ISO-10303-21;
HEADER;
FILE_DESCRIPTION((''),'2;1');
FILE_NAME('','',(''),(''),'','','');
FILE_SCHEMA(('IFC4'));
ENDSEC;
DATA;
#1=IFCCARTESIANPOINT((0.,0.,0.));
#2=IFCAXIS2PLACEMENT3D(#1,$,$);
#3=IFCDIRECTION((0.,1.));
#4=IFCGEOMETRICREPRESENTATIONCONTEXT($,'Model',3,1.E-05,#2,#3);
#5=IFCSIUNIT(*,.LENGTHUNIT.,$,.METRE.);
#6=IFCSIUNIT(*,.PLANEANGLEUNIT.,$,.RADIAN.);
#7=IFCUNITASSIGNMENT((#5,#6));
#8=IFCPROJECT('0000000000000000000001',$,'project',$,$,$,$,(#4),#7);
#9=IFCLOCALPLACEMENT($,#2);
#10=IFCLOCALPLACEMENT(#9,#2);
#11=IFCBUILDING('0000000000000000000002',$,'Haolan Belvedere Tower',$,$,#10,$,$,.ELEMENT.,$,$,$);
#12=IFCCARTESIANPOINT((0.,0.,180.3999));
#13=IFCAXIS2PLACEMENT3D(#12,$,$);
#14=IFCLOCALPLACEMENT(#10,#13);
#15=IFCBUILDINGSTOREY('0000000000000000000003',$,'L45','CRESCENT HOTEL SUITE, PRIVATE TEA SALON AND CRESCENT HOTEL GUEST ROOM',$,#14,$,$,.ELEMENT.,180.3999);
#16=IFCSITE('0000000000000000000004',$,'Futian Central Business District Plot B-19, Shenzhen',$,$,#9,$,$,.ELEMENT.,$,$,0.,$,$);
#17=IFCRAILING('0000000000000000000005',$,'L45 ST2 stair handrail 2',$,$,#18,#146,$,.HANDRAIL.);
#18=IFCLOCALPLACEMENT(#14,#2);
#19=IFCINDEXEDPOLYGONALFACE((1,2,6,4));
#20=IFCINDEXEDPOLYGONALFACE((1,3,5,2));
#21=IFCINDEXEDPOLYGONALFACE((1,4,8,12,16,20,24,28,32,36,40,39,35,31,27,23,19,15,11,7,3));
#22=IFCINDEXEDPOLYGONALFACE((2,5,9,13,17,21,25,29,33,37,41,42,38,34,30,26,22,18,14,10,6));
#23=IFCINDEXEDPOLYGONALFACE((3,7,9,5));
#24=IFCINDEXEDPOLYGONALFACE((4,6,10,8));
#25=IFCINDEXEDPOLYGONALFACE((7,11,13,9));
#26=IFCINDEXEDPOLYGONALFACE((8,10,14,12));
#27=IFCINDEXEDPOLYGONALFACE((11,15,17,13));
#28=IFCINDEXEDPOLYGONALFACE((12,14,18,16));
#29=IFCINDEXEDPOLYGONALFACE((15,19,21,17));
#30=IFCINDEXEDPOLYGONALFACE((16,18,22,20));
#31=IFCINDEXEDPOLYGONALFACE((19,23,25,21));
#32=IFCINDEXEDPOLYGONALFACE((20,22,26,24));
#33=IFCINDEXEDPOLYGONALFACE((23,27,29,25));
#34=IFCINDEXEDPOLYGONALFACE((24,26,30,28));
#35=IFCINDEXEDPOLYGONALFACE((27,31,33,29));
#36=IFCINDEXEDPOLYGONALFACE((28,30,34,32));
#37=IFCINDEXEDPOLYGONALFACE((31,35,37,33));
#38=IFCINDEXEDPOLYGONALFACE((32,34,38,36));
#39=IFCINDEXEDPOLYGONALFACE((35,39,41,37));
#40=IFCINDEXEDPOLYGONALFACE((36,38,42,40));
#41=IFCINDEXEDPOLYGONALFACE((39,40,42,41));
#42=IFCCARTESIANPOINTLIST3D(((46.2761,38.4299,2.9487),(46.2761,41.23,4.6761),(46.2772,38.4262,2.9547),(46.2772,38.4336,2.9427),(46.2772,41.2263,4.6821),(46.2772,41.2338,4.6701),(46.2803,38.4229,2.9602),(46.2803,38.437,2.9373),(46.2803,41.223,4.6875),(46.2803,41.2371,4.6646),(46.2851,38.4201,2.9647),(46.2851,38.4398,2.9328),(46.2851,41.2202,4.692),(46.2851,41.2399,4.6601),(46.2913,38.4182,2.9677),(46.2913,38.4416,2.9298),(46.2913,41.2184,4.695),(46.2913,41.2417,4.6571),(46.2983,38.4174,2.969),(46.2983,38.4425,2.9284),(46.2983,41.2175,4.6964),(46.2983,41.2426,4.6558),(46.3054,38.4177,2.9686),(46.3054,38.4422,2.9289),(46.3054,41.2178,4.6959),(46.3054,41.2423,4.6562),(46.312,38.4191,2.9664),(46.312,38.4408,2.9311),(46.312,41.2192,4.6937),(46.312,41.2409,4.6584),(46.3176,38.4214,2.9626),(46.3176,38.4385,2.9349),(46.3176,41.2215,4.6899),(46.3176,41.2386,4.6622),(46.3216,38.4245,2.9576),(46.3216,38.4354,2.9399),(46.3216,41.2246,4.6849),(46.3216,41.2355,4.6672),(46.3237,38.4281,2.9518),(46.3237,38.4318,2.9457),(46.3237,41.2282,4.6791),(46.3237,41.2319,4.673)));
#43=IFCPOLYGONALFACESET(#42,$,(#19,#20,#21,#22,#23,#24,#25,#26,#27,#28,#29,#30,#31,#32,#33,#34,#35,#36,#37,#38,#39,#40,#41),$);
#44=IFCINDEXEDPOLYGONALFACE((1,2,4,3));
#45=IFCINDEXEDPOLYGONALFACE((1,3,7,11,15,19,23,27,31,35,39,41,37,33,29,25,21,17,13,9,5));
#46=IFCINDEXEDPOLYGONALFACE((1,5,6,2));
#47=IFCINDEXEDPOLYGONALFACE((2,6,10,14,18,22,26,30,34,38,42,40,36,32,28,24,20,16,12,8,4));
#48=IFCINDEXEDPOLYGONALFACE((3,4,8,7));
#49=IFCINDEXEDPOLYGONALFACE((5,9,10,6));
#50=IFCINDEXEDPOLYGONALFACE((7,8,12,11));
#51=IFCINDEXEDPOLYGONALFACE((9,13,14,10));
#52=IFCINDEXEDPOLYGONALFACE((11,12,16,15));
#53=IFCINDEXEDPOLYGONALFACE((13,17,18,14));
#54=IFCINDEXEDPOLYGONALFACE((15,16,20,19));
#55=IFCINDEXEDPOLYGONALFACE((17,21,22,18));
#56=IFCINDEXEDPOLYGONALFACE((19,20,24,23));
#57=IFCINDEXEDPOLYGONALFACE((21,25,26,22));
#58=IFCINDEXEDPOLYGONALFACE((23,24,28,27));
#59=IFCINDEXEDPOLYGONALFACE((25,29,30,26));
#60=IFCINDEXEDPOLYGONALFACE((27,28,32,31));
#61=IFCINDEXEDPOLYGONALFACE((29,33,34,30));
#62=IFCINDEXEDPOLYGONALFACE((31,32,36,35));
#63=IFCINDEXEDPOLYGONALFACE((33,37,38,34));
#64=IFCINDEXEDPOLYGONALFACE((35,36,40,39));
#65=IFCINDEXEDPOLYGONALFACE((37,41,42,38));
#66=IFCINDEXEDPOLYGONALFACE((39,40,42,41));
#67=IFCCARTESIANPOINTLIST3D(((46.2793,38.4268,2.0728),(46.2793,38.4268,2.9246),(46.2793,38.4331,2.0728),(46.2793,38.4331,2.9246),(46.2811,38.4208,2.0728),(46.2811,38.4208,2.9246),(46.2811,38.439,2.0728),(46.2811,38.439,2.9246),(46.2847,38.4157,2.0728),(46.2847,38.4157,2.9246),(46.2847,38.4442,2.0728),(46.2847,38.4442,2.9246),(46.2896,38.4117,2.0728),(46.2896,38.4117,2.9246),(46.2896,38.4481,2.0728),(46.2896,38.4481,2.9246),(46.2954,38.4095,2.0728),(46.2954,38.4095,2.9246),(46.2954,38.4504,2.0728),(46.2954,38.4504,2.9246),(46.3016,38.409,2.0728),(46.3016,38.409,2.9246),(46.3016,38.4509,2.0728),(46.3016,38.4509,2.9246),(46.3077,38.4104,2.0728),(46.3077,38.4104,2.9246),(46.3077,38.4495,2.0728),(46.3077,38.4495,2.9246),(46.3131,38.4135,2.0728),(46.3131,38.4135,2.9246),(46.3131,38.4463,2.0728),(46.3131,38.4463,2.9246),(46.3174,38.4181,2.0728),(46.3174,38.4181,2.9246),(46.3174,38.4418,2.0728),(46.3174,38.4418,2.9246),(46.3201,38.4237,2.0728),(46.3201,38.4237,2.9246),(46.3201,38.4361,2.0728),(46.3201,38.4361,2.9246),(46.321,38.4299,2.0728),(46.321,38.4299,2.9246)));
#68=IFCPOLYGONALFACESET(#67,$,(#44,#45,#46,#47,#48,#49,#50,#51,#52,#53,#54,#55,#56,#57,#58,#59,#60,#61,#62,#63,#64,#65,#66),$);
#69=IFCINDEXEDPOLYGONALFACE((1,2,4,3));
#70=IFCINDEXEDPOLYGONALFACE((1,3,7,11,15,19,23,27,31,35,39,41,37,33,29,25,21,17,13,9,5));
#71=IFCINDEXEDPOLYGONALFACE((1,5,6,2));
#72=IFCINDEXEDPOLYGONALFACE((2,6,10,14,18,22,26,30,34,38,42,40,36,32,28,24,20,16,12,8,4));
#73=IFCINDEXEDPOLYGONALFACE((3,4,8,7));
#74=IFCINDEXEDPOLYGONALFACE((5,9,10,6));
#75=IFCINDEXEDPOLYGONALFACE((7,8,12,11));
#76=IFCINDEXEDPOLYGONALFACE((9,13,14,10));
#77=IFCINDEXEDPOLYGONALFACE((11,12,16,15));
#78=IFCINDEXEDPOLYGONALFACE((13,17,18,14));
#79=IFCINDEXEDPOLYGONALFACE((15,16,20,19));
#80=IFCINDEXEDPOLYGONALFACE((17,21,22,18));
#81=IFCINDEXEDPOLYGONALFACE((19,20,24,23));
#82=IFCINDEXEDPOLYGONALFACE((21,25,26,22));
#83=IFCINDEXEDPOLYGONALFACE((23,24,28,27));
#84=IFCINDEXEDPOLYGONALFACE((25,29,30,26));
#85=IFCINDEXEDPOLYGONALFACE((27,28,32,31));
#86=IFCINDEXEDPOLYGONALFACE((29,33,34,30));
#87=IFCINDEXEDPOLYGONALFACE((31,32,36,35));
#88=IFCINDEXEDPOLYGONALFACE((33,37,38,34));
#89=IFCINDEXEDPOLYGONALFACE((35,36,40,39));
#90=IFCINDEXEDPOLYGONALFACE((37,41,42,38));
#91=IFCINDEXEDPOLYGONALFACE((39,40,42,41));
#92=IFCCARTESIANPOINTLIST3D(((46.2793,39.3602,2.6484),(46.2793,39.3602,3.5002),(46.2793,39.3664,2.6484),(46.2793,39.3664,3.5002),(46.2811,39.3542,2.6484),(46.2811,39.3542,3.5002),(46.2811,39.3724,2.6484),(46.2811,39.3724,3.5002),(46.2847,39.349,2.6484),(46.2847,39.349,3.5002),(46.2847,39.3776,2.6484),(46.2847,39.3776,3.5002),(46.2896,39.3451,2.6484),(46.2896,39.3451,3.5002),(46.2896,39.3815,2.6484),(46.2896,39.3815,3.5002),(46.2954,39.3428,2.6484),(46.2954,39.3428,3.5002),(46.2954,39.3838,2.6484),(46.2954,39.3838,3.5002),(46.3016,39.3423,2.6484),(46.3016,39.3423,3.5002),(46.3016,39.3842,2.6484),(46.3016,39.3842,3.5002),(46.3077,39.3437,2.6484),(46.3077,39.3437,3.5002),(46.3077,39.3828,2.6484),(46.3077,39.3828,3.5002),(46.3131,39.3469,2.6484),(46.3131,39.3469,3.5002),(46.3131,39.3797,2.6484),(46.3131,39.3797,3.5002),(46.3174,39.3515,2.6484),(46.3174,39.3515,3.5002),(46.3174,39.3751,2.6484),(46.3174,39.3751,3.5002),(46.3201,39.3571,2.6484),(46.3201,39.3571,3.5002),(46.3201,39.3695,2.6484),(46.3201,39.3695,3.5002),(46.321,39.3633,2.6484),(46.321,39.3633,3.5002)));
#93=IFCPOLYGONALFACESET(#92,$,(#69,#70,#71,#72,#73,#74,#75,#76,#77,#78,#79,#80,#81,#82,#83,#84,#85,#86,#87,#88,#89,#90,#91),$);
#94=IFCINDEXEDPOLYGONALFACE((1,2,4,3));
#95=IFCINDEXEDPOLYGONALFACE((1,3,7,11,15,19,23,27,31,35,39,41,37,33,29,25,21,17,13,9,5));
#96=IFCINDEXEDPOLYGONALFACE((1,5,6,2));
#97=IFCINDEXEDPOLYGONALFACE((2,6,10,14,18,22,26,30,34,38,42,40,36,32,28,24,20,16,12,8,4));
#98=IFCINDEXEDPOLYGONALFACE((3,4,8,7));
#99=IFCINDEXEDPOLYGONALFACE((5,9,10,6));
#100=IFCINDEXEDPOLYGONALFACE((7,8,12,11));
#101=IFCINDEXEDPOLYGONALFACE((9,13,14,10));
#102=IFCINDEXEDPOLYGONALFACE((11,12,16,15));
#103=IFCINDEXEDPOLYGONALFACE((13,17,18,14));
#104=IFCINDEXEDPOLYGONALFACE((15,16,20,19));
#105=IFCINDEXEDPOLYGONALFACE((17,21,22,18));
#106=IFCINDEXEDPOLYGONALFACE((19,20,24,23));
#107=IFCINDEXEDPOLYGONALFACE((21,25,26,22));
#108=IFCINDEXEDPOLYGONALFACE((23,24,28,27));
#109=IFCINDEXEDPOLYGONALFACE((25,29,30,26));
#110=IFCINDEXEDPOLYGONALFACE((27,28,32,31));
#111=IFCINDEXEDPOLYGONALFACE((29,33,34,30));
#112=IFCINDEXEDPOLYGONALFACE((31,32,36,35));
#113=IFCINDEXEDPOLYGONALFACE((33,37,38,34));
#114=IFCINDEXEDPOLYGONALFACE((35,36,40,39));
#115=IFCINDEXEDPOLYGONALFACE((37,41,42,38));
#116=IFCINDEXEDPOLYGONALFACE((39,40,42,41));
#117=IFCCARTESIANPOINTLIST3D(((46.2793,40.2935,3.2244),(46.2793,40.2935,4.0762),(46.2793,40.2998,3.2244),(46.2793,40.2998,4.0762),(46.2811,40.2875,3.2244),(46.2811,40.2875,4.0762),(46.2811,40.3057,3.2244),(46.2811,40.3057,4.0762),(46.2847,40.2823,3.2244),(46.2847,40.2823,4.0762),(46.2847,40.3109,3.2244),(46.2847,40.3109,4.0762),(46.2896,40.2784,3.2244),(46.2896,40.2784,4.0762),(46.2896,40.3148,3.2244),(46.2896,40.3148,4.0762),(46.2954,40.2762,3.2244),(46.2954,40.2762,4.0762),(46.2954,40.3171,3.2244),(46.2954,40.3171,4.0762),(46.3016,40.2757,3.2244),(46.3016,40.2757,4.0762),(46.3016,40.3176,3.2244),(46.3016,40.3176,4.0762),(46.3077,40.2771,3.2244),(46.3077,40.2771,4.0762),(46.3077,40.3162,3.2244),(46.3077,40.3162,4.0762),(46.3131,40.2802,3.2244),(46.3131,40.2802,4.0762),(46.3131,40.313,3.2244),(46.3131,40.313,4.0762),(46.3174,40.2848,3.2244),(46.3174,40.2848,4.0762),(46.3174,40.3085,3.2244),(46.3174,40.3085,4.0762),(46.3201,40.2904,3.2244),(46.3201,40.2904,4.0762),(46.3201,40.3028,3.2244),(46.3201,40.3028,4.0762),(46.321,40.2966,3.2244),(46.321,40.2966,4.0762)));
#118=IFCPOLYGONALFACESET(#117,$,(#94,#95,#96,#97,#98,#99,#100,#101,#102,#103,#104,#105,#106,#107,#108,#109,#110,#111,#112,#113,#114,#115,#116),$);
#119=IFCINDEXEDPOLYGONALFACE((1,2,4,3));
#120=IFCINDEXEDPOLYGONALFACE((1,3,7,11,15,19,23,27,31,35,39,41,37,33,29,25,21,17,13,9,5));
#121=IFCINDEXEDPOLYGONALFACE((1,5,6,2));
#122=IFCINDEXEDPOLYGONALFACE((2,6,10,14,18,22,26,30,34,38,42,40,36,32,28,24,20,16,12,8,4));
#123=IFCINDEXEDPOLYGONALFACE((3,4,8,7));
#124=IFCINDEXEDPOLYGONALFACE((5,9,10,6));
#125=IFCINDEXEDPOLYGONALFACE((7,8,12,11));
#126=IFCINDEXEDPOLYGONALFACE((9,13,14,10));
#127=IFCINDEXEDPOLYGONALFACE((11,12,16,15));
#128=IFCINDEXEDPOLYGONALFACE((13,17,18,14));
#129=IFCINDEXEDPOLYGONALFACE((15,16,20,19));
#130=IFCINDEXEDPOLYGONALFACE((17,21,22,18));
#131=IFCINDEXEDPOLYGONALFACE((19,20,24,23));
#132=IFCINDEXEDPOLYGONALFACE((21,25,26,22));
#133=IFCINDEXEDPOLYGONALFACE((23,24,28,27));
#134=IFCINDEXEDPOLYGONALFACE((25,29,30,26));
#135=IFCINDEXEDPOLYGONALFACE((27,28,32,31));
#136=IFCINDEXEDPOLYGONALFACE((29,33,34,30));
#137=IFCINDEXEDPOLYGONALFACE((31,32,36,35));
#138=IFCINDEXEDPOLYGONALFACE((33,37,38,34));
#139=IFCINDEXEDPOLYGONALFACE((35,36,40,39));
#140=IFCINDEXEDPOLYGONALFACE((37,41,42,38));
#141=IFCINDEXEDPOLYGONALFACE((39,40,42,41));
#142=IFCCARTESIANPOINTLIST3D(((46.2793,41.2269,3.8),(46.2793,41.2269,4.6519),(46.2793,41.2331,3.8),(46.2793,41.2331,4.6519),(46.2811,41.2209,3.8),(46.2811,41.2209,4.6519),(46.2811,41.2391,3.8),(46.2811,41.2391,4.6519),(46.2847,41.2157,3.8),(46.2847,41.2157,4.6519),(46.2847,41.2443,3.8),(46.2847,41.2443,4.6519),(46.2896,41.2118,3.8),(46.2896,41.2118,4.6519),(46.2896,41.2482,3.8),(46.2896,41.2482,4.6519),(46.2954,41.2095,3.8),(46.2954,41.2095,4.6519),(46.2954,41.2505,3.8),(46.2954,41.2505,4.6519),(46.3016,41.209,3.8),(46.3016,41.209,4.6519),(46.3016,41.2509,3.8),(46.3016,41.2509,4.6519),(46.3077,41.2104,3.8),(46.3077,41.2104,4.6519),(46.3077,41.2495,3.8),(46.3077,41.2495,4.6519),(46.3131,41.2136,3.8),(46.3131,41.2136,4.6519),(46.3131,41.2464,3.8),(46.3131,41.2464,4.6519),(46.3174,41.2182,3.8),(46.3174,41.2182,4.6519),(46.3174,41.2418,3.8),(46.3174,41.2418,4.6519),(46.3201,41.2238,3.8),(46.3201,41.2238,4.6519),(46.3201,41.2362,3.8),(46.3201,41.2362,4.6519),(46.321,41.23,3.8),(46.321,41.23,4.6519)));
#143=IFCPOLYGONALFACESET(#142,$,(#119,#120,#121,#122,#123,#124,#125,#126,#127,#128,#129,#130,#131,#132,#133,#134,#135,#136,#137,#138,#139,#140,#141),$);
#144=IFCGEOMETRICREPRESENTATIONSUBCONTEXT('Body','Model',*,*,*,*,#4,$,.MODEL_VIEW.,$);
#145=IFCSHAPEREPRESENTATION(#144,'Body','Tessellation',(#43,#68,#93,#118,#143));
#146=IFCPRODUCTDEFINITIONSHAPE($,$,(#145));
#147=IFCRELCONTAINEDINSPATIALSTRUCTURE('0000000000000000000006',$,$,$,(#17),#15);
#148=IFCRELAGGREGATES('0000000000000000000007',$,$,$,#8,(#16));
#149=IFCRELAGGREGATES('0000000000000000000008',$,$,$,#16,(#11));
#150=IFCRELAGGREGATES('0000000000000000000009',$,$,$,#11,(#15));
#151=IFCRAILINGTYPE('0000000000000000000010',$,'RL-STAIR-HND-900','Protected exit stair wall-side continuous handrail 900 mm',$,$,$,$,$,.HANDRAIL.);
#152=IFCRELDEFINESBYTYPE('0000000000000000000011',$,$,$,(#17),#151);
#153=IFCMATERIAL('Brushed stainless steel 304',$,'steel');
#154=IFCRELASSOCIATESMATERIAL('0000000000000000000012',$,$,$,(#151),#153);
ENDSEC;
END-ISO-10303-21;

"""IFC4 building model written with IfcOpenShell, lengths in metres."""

from ifc_helpers import new_model, si_unit, direction, frame, origin, origin_2d, place, context, subcontext, project, spatial, circle, extrude, material, type_object, element, save


model = new_model("IFC4")

# Units and contexts
model_context = context("Model", 3, precision=1e-05, world=origin(), true_north=direction((0.0, 1.0)))
body_context = subcontext(model_context, "Body", "Model", "MODEL_VIEW")
ifc_project = project(units=[si_unit("LENGTHUNIT", "METRE"), si_unit("PLANEANGLEUNIT", "RADIAN")], contexts=[model_context])

# Site, building, storey
site_placement = place(None, origin())
site = spatial("IfcSite", under=ifc_project, at=site_placement, Name="Futian Central Business District Plot B-19, Shenzhen", CompositionType="ELEMENT", RefElevation=0.0)
building_placement = place(site_placement, origin())
building = spatial("IfcBuilding", under=site, at=building_placement, Name="Haolan Belvedere Tower", CompositionType="ELEMENT")
storey_placement = place(building_placement, frame((0.0, 0.0, 180.3999)))
storey = spatial("IfcBuildingStorey", under=building, at=storey_placement, Name="L45", Description="CRESCENT HOTEL SUITE, PRIVATE TEA SALON AND CRESCENT HOTEL GUEST ROOM", CompositionType="ELEMENT", Elevation=180.3999)

# Railing
ifc_material_1 = material(Name="Brushed stainless steel 304", Category="steel")
railing_type_1 = type_object("IfcRailingType", Name="RL-STAIR-HND-900", Description="Protected exit stair wall-side continuous handrail 900 mm", PredefinedType="HANDRAIL", material=ifc_material_1)
railing_1_placement = place(storey_placement, frame((46.3, 38.4299, 2.0728)))
element("IfcRailing", 1, at=railing_1_placement, inside=storey, type_object=railing_type_1, Name="L45 ST2 stair handrail 2", PredefinedType="HANDRAIL", context=body_context, shape_type="SweptSolid", body=[
    extrude(circle(Radius=0.0239, at=origin_2d()), frame((0.0, 0.0, 0.876), z_axis=(0.0, 0.85109, 0.52502), x_axis=(-1.0, 0.0, 0.0)), (0.0, 0.0, 1.0), 3.29),
    extrude(circle(Radius=0.021, at=origin_2d()), origin(), (0.0, 0.0, 1.0), 0.8518),
    extrude(circle(Radius=0.021, at=origin_2d()), frame((0.0, 0.9333, 0.5757)), (0.0, 0.0, 1.0), 0.8518),
    extrude(circle(Radius=0.021, at=origin_2d()), frame((0.0, 1.8667, 1.1516)), (0.0, 0.0, 1.0), 0.8518),
    extrude(circle(Radius=0.021, at=origin_2d()), frame((0.0, 2.8, 1.7273)), (0.0, 0.0, 1.0), 0.8518),
])

save(model, "model.ifc")
